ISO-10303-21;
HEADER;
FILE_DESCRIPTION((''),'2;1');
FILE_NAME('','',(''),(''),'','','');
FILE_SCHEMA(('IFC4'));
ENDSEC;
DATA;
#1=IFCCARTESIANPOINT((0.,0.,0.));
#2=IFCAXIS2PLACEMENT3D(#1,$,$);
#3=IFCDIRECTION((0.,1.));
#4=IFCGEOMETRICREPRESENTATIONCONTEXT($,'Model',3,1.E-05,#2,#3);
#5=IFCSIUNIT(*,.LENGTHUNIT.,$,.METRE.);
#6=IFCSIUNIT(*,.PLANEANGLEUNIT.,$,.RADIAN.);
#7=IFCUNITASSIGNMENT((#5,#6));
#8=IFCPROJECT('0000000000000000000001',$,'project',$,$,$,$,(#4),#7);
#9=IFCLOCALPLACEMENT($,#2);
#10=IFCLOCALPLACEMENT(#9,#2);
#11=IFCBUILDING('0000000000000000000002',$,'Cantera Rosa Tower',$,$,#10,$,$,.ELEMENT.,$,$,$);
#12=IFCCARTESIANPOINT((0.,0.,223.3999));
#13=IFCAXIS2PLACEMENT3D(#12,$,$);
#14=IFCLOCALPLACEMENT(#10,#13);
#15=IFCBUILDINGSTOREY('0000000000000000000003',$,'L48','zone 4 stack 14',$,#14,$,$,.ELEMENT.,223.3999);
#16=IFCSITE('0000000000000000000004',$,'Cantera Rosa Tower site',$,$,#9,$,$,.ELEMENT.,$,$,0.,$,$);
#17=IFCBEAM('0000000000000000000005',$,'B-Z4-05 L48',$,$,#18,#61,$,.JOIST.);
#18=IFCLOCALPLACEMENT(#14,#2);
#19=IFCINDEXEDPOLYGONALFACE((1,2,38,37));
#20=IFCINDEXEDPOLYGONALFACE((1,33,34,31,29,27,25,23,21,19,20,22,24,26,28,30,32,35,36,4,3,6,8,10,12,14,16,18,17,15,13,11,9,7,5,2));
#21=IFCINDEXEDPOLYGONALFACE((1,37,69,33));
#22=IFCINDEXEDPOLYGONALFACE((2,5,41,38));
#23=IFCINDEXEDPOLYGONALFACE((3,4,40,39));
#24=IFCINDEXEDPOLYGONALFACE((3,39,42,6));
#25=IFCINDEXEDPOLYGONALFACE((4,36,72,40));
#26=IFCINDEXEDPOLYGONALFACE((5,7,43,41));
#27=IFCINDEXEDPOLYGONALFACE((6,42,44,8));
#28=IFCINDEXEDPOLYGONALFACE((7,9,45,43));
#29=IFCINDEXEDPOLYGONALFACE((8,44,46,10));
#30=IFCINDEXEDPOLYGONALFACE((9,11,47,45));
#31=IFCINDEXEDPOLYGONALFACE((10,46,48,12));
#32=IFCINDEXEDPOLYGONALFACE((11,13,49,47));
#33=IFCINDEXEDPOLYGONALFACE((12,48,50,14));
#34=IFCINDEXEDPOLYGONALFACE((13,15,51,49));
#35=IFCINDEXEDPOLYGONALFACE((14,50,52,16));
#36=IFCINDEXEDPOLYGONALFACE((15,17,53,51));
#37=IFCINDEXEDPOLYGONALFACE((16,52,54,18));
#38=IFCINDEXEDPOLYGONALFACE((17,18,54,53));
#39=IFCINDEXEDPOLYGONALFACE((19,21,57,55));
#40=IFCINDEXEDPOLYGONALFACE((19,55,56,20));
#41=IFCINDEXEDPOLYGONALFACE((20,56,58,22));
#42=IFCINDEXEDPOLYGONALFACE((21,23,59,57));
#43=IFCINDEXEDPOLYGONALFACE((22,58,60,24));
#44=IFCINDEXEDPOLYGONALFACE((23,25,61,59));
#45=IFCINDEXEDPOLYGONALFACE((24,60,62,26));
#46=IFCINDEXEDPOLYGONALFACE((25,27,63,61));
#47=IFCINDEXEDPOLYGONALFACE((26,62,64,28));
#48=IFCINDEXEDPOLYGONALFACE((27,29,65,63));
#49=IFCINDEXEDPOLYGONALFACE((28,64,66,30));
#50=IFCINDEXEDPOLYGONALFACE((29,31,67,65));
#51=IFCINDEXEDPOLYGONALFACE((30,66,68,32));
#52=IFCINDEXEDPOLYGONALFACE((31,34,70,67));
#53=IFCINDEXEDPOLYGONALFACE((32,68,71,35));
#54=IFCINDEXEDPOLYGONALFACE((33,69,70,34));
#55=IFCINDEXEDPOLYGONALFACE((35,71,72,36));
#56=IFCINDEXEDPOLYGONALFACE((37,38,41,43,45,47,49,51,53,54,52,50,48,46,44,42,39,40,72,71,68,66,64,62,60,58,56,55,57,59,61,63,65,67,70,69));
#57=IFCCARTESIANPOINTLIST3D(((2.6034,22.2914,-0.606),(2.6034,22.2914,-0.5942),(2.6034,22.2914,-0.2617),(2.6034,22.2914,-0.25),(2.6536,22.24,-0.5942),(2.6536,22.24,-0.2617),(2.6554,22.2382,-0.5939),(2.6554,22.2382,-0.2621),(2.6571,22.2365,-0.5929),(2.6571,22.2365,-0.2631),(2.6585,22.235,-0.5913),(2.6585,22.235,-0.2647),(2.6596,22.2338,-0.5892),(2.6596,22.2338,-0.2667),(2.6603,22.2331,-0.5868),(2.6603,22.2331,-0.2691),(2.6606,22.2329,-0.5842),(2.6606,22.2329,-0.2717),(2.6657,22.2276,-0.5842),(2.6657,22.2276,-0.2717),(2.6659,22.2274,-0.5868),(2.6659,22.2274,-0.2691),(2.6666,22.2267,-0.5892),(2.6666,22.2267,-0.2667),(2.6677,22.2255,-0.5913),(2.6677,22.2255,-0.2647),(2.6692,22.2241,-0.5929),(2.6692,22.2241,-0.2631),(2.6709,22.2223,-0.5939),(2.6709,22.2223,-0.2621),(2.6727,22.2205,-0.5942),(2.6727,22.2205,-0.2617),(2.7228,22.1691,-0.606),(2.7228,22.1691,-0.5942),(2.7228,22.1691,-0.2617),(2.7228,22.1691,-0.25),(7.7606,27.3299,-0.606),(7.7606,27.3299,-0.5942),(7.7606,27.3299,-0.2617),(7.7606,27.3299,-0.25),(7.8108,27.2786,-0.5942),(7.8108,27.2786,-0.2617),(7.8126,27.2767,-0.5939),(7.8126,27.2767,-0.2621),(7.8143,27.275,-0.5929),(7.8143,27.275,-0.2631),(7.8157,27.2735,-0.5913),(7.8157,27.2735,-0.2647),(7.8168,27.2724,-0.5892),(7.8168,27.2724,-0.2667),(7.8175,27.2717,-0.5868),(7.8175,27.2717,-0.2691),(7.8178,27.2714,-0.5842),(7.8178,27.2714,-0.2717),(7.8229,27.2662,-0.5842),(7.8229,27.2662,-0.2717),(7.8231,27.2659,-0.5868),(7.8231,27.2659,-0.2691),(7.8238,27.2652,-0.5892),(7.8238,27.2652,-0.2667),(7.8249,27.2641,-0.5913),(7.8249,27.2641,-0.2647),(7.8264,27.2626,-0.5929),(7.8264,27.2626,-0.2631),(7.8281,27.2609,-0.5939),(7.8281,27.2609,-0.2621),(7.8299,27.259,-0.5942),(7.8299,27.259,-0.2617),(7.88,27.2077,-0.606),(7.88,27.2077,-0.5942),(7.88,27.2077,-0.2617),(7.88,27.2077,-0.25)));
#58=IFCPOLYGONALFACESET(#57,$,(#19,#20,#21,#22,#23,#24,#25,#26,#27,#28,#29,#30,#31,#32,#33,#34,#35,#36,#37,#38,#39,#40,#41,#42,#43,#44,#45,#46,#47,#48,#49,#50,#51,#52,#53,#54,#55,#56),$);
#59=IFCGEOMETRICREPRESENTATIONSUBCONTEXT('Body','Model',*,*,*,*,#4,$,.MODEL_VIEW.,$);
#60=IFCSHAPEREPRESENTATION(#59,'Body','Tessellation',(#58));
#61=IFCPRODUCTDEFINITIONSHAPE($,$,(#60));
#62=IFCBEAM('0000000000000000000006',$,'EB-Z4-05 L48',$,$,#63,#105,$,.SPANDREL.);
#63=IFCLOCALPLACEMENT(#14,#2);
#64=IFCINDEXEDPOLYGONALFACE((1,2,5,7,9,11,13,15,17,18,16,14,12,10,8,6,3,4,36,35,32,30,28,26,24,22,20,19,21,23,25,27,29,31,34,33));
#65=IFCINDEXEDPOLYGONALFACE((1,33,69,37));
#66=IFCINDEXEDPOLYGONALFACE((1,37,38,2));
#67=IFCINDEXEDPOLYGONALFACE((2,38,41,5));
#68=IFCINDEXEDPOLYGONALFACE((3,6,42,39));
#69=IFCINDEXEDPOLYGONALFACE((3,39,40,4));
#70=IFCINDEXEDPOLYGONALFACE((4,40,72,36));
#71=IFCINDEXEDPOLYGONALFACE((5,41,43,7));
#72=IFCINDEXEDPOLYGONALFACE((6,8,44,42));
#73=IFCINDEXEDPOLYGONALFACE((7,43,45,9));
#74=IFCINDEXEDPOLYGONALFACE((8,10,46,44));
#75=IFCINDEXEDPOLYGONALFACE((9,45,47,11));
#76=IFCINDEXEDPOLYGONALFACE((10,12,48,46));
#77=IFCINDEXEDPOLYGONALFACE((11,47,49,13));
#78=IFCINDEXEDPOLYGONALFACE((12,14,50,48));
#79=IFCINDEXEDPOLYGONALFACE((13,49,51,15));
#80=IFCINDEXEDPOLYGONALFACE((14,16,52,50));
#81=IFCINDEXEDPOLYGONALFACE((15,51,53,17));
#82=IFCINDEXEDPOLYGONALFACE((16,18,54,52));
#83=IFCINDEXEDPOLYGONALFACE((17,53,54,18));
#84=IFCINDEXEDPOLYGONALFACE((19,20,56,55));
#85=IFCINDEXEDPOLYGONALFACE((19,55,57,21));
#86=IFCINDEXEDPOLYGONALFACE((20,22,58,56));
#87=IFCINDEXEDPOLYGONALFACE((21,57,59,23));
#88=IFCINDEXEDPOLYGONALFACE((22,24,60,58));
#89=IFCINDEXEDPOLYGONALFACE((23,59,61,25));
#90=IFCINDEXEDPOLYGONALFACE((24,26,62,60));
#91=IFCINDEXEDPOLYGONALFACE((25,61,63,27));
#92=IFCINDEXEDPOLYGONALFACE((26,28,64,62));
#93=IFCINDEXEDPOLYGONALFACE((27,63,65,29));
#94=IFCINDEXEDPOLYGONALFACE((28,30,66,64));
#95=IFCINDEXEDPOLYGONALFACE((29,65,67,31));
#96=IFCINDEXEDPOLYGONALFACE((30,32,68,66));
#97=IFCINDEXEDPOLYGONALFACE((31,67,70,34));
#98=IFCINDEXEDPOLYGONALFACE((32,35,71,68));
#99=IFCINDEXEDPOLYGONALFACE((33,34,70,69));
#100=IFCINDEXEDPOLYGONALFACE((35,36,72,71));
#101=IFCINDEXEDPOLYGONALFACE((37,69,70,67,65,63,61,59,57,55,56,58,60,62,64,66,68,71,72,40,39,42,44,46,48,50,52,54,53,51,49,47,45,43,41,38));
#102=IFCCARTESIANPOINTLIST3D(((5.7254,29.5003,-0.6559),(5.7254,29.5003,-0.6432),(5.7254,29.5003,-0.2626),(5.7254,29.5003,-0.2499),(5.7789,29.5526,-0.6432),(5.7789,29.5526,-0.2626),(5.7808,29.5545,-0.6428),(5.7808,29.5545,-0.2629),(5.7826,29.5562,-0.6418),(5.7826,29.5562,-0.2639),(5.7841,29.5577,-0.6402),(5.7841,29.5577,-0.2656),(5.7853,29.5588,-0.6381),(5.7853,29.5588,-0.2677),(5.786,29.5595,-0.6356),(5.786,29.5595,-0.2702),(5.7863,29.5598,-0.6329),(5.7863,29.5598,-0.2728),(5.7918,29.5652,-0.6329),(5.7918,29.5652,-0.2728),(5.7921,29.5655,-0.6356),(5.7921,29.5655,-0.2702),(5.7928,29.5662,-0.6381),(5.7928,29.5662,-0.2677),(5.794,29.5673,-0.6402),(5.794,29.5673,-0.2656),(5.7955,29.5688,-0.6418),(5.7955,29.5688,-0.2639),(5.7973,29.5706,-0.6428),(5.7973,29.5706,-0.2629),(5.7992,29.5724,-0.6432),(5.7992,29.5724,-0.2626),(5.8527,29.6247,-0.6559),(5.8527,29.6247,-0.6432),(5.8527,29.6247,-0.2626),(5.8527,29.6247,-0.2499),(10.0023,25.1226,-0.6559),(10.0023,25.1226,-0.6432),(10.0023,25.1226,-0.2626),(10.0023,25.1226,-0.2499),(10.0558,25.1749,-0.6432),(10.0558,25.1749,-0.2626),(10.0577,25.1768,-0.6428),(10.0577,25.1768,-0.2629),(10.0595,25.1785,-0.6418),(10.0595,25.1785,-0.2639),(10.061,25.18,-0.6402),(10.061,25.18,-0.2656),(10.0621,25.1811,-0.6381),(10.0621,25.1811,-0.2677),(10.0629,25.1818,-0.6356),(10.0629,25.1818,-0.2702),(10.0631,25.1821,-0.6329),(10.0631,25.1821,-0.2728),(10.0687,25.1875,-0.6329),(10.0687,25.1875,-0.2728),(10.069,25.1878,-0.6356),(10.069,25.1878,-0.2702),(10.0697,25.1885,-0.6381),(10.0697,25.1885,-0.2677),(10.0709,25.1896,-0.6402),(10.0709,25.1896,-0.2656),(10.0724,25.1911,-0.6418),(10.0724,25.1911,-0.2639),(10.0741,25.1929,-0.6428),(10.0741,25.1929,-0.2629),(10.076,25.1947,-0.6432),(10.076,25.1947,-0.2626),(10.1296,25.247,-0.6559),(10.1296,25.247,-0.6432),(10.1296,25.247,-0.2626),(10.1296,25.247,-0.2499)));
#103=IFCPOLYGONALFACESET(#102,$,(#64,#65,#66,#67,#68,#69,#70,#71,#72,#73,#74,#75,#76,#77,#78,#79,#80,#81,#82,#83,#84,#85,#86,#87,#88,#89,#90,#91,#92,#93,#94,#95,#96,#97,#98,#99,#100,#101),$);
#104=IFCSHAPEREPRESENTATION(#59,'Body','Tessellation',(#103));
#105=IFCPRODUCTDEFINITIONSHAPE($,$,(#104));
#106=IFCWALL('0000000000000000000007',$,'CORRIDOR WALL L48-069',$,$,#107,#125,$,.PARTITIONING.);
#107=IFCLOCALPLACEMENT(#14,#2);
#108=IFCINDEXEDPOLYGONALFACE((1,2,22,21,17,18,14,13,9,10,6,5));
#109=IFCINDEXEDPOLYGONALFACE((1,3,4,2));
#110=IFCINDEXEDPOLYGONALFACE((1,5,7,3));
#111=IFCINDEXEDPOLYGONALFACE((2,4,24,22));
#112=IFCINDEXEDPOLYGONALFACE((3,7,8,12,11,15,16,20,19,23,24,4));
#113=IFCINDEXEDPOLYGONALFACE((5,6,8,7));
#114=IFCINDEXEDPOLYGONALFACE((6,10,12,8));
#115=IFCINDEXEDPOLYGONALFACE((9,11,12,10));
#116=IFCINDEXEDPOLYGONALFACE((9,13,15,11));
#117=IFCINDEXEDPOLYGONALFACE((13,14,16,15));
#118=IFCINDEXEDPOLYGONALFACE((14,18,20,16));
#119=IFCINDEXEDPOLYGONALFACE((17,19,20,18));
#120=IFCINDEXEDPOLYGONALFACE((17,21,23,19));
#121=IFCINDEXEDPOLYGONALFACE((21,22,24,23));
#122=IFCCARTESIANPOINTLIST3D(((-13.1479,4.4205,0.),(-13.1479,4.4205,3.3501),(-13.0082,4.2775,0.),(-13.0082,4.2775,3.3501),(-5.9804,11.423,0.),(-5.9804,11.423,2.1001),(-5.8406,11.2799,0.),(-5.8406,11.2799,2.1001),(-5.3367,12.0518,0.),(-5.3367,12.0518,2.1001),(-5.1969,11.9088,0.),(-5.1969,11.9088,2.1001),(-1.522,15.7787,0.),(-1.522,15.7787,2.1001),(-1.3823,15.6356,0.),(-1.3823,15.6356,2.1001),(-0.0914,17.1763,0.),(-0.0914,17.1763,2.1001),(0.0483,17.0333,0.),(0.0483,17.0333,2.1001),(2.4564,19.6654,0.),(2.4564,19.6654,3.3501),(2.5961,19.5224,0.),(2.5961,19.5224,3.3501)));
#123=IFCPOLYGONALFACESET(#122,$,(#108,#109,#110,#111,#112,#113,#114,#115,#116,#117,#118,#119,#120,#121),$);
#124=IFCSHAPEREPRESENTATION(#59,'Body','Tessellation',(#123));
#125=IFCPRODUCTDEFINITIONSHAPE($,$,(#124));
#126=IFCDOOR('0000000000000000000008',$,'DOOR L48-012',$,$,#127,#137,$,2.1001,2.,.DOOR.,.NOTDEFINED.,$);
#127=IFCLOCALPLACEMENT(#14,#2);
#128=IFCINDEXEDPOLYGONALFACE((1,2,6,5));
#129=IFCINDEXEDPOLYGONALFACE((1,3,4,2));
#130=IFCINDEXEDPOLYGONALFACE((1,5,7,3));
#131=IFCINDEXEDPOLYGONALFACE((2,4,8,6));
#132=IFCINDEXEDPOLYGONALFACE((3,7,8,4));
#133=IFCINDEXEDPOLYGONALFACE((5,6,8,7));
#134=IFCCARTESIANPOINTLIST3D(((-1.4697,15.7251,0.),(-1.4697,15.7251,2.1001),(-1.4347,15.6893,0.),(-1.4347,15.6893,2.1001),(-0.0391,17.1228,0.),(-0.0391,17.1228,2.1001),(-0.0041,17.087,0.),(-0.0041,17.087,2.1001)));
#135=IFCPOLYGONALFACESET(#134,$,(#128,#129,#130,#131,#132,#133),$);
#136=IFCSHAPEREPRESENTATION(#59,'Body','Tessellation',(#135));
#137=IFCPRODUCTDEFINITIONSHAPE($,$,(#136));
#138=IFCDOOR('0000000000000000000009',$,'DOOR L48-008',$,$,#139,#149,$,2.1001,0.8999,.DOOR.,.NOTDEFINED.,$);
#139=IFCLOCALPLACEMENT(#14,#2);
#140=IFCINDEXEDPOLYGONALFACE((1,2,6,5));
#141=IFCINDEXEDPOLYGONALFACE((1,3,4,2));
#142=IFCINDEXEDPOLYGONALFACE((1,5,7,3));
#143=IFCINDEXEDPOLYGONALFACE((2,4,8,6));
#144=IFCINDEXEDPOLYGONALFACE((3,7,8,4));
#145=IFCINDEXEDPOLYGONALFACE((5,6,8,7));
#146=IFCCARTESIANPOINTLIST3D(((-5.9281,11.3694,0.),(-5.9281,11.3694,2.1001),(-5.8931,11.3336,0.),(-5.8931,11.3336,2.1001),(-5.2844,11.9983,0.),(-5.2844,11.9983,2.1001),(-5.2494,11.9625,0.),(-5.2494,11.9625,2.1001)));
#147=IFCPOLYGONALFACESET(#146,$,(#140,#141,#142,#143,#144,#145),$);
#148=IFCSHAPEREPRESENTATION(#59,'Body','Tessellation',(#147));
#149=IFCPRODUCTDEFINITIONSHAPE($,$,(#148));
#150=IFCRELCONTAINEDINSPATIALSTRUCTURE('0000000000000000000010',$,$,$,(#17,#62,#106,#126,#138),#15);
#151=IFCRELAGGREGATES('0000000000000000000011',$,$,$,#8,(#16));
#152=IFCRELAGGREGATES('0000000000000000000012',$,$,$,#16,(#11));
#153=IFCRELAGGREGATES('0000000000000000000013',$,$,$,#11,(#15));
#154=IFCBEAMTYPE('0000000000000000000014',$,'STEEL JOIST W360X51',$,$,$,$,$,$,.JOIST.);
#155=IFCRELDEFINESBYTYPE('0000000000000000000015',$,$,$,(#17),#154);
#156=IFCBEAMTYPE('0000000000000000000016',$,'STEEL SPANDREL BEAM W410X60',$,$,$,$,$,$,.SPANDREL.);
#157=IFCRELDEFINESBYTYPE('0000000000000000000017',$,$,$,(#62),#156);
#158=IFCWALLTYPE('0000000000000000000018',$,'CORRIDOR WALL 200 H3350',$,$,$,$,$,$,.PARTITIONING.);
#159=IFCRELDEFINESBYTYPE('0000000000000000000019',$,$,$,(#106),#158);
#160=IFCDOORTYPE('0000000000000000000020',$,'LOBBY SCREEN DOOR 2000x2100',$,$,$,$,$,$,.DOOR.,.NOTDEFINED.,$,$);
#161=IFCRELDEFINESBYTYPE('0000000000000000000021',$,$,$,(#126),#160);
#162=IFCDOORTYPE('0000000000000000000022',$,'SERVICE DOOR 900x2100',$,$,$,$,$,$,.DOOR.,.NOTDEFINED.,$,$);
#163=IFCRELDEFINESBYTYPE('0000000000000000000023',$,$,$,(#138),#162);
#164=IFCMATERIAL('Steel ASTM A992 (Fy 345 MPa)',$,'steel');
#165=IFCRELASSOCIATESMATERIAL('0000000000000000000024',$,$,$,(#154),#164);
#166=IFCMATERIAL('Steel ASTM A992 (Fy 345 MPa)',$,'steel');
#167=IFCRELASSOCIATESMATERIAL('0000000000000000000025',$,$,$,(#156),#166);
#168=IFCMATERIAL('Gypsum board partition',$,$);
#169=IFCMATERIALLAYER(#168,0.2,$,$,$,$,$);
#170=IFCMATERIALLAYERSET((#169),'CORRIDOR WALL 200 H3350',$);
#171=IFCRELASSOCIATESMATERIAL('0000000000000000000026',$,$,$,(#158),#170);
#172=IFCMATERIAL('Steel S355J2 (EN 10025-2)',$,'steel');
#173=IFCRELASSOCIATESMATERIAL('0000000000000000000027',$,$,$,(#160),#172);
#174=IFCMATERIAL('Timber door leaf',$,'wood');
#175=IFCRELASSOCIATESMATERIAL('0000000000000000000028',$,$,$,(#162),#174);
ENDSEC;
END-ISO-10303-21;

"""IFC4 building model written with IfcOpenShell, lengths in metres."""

from ifc_helpers import new_model, si_unit, direction, frame, frame_2d, origin, origin_2d, place, context, subcontext, project, spatial, rectangle, i_section, extrude, material, layer, layer_set, material_profile, profile_set, type_object, element, fill, save


model = new_model("IFC4")

# Units and contexts
model_context = context("Model", 3, precision=1e-05, world=origin(), true_north=direction((0.0, 1.0)))
body_context = subcontext(model_context, "Body", "Model", "MODEL_VIEW")
ifc_project = project(units=[si_unit("LENGTHUNIT", "METRE"), si_unit("PLANEANGLEUNIT", "RADIAN")], contexts=[model_context])

# Site, building, storey
site_placement = place(None, origin())
site = spatial("IfcSite", under=ifc_project, at=site_placement, Name="Cantera Rosa Tower site", CompositionType="ELEMENT", RefElevation=0.0)
building_placement = place(site_placement, origin())
building = spatial("IfcBuilding", under=site, at=building_placement, Name="Cantera Rosa Tower", CompositionType="ELEMENT")
storey_placement = place(building_placement, frame((0.0, 0.0, 223.3999)))
storey = spatial("IfcBuildingStorey", under=building, at=storey_placement, Name="L48", Description="zone 4 stack 14", CompositionType="ELEMENT", Elevation=223.3999)

# Beams
ifc_material_1 = material(Name="Steel ASTM A992 (Fy 345 MPa)", Category="steel")
ifc_material_profile_1 = material_profile(ifc_material_1, i_section(OverallWidth=0.1709, OverallDepth=0.356, WebThickness=0.0073, FlangeThickness=0.0117, FilletRadius=0.01, at=origin_2d()), Name="W360X51")
ifc_profile_set_1 = profile_set([ifc_material_profile_1], Name="Steel ASTM A992 (Fy 345 MPa)")
beam_type_1 = type_object("IfcBeamType", Name="STEEL JOIST W360X51", PredefinedType="JOIST", material=ifc_profile_set_1)
beam_1_placement = place(storey_placement, frame((7.8203, 27.2688, -0.428), z_axis=(-0.715287, -0.698831, 0.0), x_axis=(0.698831, -0.715287, 0.0)))
element("IfcBeam", 1, at=beam_1_placement, inside=storey, type_object=beam_type_1, Name="B-Z4-05 L48", PredefinedType="JOIST", context=body_context, shape_type="SweptSolid", body=[
    extrude(i_section(OverallWidth=0.1709, OverallDepth=0.356, WebThickness=0.0073, FlangeThickness=0.0117, FilletRadius=0.01, at=origin_2d()), origin(), (0.0, 0.0, 1.0), 7.21),
])
ifc_material_2 = material(Name="Steel ASTM A992 (Fy 345 MPa)", Category="steel")
ifc_material_profile_2 = material_profile(ifc_material_2, i_section(OverallWidth=0.178, OverallDepth=0.406, WebThickness=0.0078, FlangeThickness=0.0127, FilletRadius=0.0103, at=origin_2d()), Name="W410X60")
ifc_profile_set_2 = profile_set([ifc_material_profile_2], Name="Steel ASTM A992 (Fy 345 MPa)")
beam_type_2 = type_object("IfcBeamType", Name="STEEL SPANDREL BEAM W410X60", PredefinedType="SPANDREL", material=ifc_profile_set_2)
beam_2_placement = place(storey_placement, frame((10.0659, 25.1848, -0.4529), z_axis=(-0.698821, 0.715296, 0.0), x_axis=(-0.715296, -0.698821, 0.0)))
element("IfcBeam", 2, at=beam_2_placement, inside=storey, type_object=beam_type_2, Name="EB-Z4-05 L48", PredefinedType="SPANDREL", context=body_context, shape_type="SweptSolid", body=[
    extrude(i_section(OverallWidth=0.178, OverallDepth=0.406, WebThickness=0.0078, FlangeThickness=0.0127, FilletRadius=0.0103, at=origin_2d()), origin(), (0.0, 0.0, 1.0), 6.1201),
])

# Wall, openings, doors
ifc_material_3 = material(Name="Gypsum board partition")
ifc_layer_1 = layer(ifc_material_3, 0.2)
ifc_layer_set_1 = layer_set([ifc_layer_1], Name="CORRIDOR WALL 200 H3350")
wall_type_1 = type_object("IfcWallType", Name="CORRIDOR WALL 200 H3350", PredefinedType="PARTITIONING", material=ifc_layer_set_1)
wall_1_placement = place(storey_placement, frame((2.5264, 19.594, 0.0), z_axis=(0.0, 0.0, 1.0), x_axis=(-0.715296, -0.698822, 0.0)))
wall_1 = element("IfcWall", 3, at=wall_1_placement, inside=storey, type_object=wall_type_1, Name="CORRIDOR WALL L48-069", PredefinedType="PARTITIONING", context=body_context, shape_type="SweptSolid", body=[
    extrude(rectangle(XDim=21.8152, YDim=0.2, at=frame_2d((10.9077, 0.0))), origin(), (0.0, 0.0, 1.0), 3.3501),
])
opening_1_placement = place(wall_1_placement, frame((10.895, 0.0, 0.0)))
opening_1 = element("IfcOpeningElement", 4, at=opening_1_placement, cuts=wall_1, PredefinedType="OPENING", context=body_context, shape_type="SweptSolid", body=[
    extrude(rectangle(XDim=0.8999, YDim=2.1001, at=frame_2d((0.45, 1.05))), frame((0.0, 0.1099, 0.0), z_axis=(0.0, -1.0, 0.0), x_axis=(1.0, 0.0, 0.0)), (0.0, 0.0, 1.0), 0.22),
])
opening_2_placement = place(wall_1_placement, frame((3.562, 0.0, 0.0)))
opening_2 = element("IfcOpeningElement", 5, at=opening_2_placement, cuts=wall_1, PredefinedType="OPENING", context=body_context, shape_type="SweptSolid", body=[
    extrude(rectangle(XDim=2.0, YDim=2.1001, at=frame_2d((1.0, 1.05))), frame((0.0, 0.1099, 0.0), z_axis=(0.0, -1.0, 0.0), x_axis=(1.0, 0.0, 0.0)), (0.0, 0.0, 1.0), 0.22),
])
ifc_material_4 = material(Name="Steel S355J2 (EN 10025-2)", Category="steel")
door_type_1 = type_object("IfcDoorType", Name="LOBBY SCREEN DOOR 2000x2100", OperationType="NOTDEFINED", PredefinedType="DOOR", material=ifc_material_4)
door_1_placement = place(opening_2_placement, origin())
door_1 = element("IfcDoor", 6, at=door_1_placement, inside=storey, type_object=door_type_1, Name="DOOR L48-012", OperationType="NOTDEFINED", OverallHeight=2.1001, OverallWidth=2.0, PredefinedType="DOOR", context=body_context, shape_type="SweptSolid", body=[
    extrude(rectangle(XDim=2.0, YDim=2.1001, at=frame_2d((1.0, 1.05))), frame((0.0, 0.0249, 0.0), z_axis=(0.0, -1.0, 0.0), x_axis=(1.0, 0.0, 0.0)), (0.0, 0.0, 1.0), 0.05),
])
fill(opening_2, door_1)
ifc_material_5 = material(Name="Timber door leaf", Category="wood")
door_type_2 = type_object("IfcDoorType", Name="SERVICE DOOR 900x2100", OperationType="NOTDEFINED", PredefinedType="DOOR", material=ifc_material_5)
door_2_placement = place(opening_1_placement, origin())
door_2 = element("IfcDoor", 7, at=door_2_placement, inside=storey, type_object=door_type_2, Name="DOOR L48-008", OperationType="NOTDEFINED", OverallHeight=2.1001, OverallWidth=0.8999, PredefinedType="DOOR", context=body_context, shape_type="SweptSolid", body=[
    extrude(rectangle(XDim=0.8999, YDim=2.1001, at=frame_2d((0.45, 1.05))), frame((0.0, 0.0249, 0.0), z_axis=(0.0, -1.0, 0.0), x_axis=(1.0, 0.0, 0.0)), (0.0, 0.0, 1.0), 0.05),
])
fill(opening_1, door_2)

save(model, "model.ifc")
